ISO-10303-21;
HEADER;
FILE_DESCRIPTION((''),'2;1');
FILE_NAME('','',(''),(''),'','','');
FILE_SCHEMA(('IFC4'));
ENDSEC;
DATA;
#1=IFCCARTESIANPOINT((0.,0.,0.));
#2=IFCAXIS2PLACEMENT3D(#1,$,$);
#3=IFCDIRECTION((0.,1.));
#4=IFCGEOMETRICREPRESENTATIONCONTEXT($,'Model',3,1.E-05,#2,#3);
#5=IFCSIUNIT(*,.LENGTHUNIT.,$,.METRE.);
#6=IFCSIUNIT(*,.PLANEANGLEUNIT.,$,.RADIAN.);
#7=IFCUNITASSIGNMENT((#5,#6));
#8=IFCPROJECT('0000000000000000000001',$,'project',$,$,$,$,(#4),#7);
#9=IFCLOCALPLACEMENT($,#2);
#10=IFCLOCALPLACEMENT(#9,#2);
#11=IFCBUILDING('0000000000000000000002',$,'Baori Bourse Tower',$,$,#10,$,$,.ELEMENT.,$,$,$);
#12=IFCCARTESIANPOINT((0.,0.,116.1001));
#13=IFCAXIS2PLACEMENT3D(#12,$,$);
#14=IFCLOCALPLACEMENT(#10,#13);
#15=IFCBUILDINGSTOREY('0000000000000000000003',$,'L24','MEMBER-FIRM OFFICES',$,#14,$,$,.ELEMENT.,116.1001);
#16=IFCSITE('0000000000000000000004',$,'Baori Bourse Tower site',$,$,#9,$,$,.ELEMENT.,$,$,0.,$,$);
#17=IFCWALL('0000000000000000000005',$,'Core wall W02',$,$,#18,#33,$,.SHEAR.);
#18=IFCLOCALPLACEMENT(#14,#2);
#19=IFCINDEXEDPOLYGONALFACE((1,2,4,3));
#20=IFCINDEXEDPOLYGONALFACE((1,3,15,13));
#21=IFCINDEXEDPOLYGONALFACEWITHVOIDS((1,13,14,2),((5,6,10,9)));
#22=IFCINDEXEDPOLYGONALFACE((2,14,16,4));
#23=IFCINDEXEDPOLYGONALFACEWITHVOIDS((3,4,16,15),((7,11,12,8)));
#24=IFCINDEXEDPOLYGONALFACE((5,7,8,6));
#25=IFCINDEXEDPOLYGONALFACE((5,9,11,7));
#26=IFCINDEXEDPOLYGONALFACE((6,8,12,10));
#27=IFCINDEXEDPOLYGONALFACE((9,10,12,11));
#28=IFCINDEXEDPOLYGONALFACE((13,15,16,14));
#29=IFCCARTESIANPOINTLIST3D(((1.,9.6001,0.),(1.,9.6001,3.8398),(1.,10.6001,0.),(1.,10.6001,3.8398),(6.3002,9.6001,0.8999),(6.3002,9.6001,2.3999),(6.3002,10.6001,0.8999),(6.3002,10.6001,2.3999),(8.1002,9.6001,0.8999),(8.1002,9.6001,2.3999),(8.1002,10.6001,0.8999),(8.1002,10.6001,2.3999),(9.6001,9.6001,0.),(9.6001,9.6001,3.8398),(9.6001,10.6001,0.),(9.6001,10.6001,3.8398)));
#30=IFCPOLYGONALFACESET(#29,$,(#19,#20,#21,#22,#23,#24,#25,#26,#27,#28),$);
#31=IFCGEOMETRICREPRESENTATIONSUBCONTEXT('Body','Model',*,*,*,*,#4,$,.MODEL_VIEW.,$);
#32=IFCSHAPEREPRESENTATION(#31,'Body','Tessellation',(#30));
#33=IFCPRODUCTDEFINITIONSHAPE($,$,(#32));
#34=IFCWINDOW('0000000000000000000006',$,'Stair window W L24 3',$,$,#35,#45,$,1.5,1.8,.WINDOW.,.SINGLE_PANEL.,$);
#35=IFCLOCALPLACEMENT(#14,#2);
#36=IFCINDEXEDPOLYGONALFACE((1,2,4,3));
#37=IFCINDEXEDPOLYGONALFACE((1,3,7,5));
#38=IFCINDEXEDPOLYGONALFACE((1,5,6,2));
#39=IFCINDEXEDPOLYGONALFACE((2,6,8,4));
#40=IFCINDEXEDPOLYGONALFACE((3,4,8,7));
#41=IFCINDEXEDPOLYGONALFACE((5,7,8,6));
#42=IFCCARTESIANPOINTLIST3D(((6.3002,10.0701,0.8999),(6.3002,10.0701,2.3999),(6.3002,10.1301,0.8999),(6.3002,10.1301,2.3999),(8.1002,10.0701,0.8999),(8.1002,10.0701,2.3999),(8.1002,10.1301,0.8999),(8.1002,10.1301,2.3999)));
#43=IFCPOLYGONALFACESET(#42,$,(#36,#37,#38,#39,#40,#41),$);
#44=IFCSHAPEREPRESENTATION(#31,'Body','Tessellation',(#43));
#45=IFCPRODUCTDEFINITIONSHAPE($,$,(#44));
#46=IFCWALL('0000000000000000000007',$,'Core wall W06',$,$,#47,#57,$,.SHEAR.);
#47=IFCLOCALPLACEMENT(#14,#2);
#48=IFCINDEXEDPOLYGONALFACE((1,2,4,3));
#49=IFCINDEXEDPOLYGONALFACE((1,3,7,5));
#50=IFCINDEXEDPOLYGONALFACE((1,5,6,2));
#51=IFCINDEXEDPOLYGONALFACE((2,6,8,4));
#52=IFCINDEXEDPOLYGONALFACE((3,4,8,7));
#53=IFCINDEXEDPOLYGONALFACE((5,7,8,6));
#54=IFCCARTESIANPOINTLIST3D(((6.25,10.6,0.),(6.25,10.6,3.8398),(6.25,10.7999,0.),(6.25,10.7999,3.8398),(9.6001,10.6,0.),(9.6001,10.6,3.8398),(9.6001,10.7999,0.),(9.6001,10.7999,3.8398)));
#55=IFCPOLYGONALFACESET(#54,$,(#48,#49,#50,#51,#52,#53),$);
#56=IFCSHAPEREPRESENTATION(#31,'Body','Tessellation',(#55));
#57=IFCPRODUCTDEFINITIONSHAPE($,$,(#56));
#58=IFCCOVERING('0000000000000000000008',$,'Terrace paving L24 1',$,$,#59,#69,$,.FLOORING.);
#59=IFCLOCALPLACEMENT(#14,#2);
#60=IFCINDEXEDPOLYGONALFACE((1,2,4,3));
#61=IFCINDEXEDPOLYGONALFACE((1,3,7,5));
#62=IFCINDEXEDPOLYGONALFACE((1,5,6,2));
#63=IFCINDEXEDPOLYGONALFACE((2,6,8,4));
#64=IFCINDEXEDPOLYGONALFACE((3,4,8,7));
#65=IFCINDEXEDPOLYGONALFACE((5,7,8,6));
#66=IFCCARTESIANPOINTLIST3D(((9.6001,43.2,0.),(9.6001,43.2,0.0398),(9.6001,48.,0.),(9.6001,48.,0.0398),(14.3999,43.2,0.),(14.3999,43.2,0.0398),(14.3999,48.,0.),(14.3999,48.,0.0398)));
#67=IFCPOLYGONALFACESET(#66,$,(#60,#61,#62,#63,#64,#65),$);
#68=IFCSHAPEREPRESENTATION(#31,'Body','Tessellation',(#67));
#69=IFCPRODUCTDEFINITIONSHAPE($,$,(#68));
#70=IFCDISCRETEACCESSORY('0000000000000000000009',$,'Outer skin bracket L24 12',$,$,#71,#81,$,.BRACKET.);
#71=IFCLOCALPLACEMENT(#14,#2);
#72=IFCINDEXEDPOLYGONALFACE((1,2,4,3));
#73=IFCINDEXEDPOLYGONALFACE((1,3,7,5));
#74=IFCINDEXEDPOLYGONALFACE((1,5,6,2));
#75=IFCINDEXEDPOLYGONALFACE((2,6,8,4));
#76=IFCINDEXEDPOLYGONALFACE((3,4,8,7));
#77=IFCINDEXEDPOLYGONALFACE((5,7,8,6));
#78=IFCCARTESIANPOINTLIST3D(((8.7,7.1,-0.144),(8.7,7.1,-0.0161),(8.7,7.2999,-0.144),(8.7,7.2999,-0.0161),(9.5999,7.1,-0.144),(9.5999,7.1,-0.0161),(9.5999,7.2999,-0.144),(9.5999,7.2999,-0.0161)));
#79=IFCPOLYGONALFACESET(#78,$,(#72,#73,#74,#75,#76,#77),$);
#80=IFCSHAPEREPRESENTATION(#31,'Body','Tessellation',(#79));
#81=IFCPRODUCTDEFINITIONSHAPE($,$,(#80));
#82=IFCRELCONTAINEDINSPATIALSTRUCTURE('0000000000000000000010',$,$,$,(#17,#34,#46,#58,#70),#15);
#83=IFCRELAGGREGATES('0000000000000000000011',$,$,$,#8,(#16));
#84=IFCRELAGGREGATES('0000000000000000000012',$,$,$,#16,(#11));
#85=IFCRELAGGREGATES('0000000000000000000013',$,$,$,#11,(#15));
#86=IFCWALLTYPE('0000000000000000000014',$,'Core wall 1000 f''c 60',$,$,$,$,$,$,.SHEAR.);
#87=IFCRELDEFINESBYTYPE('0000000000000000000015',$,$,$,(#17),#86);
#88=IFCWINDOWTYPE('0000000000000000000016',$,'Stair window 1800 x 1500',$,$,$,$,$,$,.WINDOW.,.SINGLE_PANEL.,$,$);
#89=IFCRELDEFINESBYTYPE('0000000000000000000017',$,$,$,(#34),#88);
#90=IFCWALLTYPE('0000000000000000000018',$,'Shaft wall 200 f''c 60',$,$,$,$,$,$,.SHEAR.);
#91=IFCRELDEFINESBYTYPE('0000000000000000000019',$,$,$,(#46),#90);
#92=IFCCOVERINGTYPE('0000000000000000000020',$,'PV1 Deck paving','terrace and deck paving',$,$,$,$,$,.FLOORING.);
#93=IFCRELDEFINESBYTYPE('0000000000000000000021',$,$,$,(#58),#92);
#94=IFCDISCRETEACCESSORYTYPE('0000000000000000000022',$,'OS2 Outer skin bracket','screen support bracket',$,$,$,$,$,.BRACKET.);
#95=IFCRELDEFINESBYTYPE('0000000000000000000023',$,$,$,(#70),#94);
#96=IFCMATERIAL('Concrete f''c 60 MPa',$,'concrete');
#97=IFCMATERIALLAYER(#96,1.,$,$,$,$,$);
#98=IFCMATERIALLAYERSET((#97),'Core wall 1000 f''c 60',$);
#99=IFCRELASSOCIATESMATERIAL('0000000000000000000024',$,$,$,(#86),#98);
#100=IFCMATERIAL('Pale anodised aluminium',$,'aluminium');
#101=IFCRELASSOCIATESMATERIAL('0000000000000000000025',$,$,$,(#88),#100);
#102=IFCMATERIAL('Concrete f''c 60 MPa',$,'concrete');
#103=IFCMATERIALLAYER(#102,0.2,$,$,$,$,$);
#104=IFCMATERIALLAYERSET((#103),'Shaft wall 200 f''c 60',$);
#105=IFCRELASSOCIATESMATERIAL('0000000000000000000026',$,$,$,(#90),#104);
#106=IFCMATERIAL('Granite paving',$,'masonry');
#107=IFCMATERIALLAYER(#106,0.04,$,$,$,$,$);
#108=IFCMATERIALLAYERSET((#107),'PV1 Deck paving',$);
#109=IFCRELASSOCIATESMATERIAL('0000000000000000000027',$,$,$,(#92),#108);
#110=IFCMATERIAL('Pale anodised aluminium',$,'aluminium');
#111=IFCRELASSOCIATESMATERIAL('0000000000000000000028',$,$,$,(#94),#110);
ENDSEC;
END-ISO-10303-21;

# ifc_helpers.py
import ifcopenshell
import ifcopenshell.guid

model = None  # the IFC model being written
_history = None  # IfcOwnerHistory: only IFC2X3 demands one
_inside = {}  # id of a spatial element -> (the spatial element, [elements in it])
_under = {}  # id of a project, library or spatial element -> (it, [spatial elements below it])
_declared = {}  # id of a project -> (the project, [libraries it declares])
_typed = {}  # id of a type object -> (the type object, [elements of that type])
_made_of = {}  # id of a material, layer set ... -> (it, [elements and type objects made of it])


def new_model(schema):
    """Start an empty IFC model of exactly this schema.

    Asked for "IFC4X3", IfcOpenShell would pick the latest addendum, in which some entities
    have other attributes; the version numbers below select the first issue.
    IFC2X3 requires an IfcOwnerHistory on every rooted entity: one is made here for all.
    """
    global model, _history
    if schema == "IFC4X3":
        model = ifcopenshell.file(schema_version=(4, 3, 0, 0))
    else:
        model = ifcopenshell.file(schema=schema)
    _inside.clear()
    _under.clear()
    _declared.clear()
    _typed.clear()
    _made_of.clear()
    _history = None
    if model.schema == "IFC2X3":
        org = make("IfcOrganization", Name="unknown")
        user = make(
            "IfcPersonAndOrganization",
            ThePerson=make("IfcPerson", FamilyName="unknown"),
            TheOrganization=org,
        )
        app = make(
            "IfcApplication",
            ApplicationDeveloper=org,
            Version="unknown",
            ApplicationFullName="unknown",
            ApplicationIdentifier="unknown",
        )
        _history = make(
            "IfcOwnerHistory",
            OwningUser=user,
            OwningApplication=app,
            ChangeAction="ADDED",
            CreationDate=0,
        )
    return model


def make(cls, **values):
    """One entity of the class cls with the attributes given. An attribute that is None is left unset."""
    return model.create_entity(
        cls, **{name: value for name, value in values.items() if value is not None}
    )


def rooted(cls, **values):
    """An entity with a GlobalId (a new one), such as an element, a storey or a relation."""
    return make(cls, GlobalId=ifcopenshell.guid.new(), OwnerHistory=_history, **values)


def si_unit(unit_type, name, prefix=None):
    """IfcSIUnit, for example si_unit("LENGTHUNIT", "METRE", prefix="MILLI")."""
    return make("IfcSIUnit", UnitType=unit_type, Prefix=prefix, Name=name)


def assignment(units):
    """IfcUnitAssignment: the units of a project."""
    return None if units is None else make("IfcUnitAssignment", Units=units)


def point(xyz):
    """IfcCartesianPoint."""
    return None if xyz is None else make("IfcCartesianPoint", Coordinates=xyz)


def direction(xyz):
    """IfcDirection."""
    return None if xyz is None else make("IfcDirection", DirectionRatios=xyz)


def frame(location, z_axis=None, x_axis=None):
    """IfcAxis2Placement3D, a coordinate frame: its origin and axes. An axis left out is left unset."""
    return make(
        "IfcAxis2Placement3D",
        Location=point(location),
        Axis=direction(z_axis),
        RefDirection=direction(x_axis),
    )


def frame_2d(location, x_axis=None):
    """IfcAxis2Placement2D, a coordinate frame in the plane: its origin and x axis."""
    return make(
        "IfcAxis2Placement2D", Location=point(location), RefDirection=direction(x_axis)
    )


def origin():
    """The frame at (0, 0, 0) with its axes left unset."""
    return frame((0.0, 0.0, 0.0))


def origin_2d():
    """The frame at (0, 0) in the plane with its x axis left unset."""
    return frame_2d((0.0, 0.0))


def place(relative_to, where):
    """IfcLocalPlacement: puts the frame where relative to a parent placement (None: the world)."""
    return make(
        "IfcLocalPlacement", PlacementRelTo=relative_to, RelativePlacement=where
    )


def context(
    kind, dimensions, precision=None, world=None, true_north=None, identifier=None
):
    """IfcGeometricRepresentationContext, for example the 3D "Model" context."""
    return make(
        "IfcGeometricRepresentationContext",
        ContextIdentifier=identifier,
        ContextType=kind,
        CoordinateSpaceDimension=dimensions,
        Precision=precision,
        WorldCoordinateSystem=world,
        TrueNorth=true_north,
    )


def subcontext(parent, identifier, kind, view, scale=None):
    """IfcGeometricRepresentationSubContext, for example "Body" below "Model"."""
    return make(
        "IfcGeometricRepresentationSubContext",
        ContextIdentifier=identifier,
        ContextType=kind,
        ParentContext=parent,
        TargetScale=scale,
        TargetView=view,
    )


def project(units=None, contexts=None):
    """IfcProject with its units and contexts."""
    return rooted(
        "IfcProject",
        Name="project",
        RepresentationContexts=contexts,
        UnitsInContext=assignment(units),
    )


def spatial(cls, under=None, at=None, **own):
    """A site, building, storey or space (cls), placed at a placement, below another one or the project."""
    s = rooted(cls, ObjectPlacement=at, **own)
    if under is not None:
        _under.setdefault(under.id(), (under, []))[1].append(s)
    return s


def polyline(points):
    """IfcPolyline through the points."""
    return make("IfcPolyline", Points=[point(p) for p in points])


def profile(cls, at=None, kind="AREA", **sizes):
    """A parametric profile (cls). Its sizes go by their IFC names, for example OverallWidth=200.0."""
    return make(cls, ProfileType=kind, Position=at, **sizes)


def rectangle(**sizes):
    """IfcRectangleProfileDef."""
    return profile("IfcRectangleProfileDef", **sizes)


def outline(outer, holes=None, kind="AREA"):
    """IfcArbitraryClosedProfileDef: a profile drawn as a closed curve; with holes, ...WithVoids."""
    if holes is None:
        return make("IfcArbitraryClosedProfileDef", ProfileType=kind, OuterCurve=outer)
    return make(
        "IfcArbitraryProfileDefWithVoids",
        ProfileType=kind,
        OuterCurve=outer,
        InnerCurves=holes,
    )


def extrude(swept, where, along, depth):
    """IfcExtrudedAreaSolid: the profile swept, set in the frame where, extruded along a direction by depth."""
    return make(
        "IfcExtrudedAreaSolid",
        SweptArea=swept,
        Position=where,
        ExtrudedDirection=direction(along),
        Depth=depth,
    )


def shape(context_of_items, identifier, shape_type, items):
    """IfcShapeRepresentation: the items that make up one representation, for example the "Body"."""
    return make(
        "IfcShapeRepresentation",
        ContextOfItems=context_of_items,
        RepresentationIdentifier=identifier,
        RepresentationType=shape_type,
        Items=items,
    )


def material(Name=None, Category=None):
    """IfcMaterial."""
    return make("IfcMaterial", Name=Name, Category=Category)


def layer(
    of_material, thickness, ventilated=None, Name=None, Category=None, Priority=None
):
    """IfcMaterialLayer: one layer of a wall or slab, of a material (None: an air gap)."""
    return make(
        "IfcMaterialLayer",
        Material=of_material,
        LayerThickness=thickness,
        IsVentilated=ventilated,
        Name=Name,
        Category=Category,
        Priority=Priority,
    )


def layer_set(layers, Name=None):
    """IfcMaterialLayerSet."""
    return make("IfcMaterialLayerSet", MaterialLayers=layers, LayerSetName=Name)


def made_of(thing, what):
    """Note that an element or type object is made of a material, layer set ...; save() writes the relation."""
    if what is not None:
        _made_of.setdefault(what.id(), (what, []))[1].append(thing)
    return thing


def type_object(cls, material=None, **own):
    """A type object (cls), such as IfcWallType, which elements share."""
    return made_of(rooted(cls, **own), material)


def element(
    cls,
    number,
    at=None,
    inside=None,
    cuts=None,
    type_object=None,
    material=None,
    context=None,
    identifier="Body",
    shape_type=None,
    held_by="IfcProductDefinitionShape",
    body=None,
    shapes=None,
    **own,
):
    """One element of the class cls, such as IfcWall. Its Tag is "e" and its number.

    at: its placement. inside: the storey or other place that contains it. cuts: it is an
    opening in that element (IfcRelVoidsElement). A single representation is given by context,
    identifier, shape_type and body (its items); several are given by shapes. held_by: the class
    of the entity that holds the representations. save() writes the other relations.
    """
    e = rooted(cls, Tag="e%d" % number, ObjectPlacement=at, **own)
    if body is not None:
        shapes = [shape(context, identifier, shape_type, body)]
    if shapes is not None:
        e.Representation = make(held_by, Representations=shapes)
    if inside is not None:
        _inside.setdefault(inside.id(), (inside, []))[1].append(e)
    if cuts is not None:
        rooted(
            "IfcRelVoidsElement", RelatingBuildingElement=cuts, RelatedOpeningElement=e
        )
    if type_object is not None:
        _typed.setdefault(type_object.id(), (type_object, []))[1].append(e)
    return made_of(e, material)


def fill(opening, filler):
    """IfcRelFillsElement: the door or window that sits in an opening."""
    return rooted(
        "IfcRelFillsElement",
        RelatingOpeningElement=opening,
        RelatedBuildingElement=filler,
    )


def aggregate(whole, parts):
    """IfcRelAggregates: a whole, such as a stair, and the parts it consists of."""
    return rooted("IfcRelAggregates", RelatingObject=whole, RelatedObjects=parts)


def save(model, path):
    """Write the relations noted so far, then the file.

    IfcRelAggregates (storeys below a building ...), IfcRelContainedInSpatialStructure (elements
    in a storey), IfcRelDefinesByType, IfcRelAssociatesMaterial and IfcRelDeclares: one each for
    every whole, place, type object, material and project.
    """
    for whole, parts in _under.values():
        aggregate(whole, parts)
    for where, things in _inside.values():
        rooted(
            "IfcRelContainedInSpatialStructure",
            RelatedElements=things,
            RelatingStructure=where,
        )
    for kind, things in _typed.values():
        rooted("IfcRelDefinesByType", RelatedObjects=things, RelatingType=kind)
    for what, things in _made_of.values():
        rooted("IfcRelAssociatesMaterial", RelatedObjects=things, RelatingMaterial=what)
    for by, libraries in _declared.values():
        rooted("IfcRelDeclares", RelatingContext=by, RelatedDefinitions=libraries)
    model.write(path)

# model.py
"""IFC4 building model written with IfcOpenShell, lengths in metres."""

from ifc_helpers import new_model, si_unit, direction, frame, frame_2d, origin, origin_2d, place, context, subcontext, project, spatial, polyline, rectangle, outline, extrude, material, layer, layer_set, type_object, element, fill, save


model = new_model("IFC4")

# Units and contexts
model_context = context("Model", 3, precision=1e-05, world=origin(), true_north=direction((0.0, 1.0)))
body_context = subcontext(model_context, "Body", "Model", "MODEL_VIEW")
ifc_project = project(units=[si_unit("LENGTHUNIT", "METRE"), si_unit("PLANEANGLEUNIT", "RADIAN")], contexts=[model_context])

# Site, building, storey
site_placement = place(None, origin())
site = spatial("IfcSite", under=ifc_project, at=site_placement, Name="Baori Bourse Tower site", CompositionType="ELEMENT", RefElevation=0.0)
building_placement = place(site_placement, origin())
building = spatial("IfcBuilding", under=site, at=building_placement, Name="Baori Bourse Tower", CompositionType="ELEMENT")
storey_placement = place(building_placement, frame((0.0, 0.0, 116.1001)))
storey = spatial("IfcBuildingStorey", under=building, at=storey_placement, Name="L24", Description="MEMBER-FIRM OFFICES", CompositionType="ELEMENT", Elevation=116.1001)

# Shared definitions
ifc_material_1 = material(Name="Concrete f'c 60 MPa", Category="concrete")
ifc_layer_1 = layer(ifc_material_1, 1.0)
ifc_layer_set_1 = layer_set([ifc_layer_1], Name="Core wall 1000 f'c 60")
wall_type_1 = type_object("IfcWallType", Name="Core wall 1000 f'c 60", PredefinedType="SHEAR", material=ifc_layer_set_1)

# Wall, opening, window
wall_1_placement = place(storey_placement, frame((9.6001, 10.1001, 0.0), z_axis=(0.0, 0.0, 1.0), x_axis=(-1.0, 0.0, 0.0)))
wall_1 = element("IfcWall", 1, at=wall_1_placement, inside=storey, type_object=wall_type_1, Name="Core wall W02", PredefinedType="SHEAR", context=body_context, shape_type="SweptSolid", body=[
    extrude(rectangle(XDim=8.6001, YDim=1.0, at=frame_2d((4.3, 0.0))), origin(), (0.0, 0.0, 1.0), 3.8398),
])
opening_1_placement = place(wall_1_placement, frame((1.5, 0.0, 0.8999)))
opening_1 = element("IfcOpeningElement", 2, at=opening_1_placement, cuts=wall_1, PredefinedType="OPENING", context=body_context, shape_type="SweptSolid", body=[
    extrude(rectangle(XDim=1.8, YDim=1.5, at=frame_2d((0.8999, 0.75))), frame((0.0, 0.51, 0.0), z_axis=(0.0, -1.0, 0.0), x_axis=(1.0, 0.0, 0.0)), (0.0, 0.0, 1.0), 1.02),
])
ifc_material_2 = material(Name="Pale anodised aluminium", Category="aluminium")
window_type_1 = type_object("IfcWindowType", Name="Stair window 1800 x 1500", PartitioningType="SINGLE_PANEL", PredefinedType="WINDOW", material=ifc_material_2)
window_1_placement = place(opening_1_placement, origin())
window_1 = element("IfcWindow", 3, at=window_1_placement, inside=storey, type_object=window_type_1, Name="Stair window W L24 3", OverallHeight=1.5, OverallWidth=1.8, PartitioningType="SINGLE_PANEL", PredefinedType="WINDOW", context=body_context, shape_type="SweptSolid", body=[
    extrude(rectangle(XDim=1.8, YDim=1.5, at=frame_2d((0.8999, 0.75))), frame((0.0, 0.03, 0.0), z_axis=(0.0, -1.0, 0.0), x_axis=(1.0, 0.0, 0.0)), (0.0, 0.0, 1.0), 0.0601),
])
fill(opening_1, window_1)

# Wall
ifc_material_3 = material(Name="Concrete f'c 60 MPa", Category="concrete")
ifc_layer_2 = layer(ifc_material_3, 0.2)
ifc_layer_set_2 = layer_set([ifc_layer_2], Name="Shaft wall 200 f'c 60")
wall_type_2 = type_object("IfcWallType", Name="Shaft wall 200 f'c 60", PredefinedType="SHEAR", material=ifc_layer_set_2)
wall_2_placement = place(storey_placement, frame((6.25, 10.7, 0.0), z_axis=(0.0, 0.0, 1.0), x_axis=(1.0, 0.0, 0.0)))
element("IfcWall", 4, at=wall_2_placement, inside=storey, type_object=wall_type_2, Name="Core wall W06", PredefinedType="SHEAR", context=body_context, shape_type="SweptSolid", body=[
    extrude(rectangle(XDim=3.3501, YDim=0.2, at=frame_2d((1.675, 0.0))), origin(), (0.0, 0.0, 1.0), 3.8398),
])

# Covering
ifc_material_4 = material(Name="Granite paving", Category="masonry")
ifc_layer_3 = layer(ifc_material_4, 0.04)
ifc_layer_set_3 = layer_set([ifc_layer_3], Name="PV1 Deck paving")
covering_type = type_object("IfcCoveringType", Name="PV1 Deck paving", Description="terrace and deck paving", PredefinedType="FLOORING", material=ifc_layer_set_3)
covering_placement = place(storey_placement, origin())
element("IfcCovering", 5, at=covering_placement, inside=storey, type_object=covering_type, Name="Terrace paving L24 1", PredefinedType="FLOORING", context=body_context, shape_type="SweptSolid", body=[
    extrude(outline(polyline([(14.3999, 48.0), (9.6001, 48.0), (9.6001, 43.2), (14.3999, 43.2), (14.3999, 48.0)])), origin(), (0.0, 0.0, 1.0), 0.0398),
])

# Discrete accessory
ifc_material_5 = material(Name="Pale anodised aluminium", Category="aluminium")
discrete_accessory_type = type_object("IfcDiscreteAccessoryType", Name="OS2 Outer skin bracket", Description="screen support bracket", PredefinedType="BRACKET", material=ifc_material_5)
discrete_accessory_placement = place(storey_placement, frame((9.1499, 7.2, -0.144), z_axis=(0.0, 0.0, 1.0), x_axis=(0.0, -1.0, 0.0)))
element("IfcDiscreteAccessory", 6, at=discrete_accessory_placement, inside=storey, type_object=discrete_accessory_type, Name="Outer skin bracket L24 12", PredefinedType="BRACKET", context=body_context, shape_type="SweptSolid", body=[
    extrude(rectangle(XDim=0.2, YDim=0.8999, at=origin_2d()), origin(), (0.0, 0.0, 1.0), 0.1279),
])

save(model, "model.ifc")
